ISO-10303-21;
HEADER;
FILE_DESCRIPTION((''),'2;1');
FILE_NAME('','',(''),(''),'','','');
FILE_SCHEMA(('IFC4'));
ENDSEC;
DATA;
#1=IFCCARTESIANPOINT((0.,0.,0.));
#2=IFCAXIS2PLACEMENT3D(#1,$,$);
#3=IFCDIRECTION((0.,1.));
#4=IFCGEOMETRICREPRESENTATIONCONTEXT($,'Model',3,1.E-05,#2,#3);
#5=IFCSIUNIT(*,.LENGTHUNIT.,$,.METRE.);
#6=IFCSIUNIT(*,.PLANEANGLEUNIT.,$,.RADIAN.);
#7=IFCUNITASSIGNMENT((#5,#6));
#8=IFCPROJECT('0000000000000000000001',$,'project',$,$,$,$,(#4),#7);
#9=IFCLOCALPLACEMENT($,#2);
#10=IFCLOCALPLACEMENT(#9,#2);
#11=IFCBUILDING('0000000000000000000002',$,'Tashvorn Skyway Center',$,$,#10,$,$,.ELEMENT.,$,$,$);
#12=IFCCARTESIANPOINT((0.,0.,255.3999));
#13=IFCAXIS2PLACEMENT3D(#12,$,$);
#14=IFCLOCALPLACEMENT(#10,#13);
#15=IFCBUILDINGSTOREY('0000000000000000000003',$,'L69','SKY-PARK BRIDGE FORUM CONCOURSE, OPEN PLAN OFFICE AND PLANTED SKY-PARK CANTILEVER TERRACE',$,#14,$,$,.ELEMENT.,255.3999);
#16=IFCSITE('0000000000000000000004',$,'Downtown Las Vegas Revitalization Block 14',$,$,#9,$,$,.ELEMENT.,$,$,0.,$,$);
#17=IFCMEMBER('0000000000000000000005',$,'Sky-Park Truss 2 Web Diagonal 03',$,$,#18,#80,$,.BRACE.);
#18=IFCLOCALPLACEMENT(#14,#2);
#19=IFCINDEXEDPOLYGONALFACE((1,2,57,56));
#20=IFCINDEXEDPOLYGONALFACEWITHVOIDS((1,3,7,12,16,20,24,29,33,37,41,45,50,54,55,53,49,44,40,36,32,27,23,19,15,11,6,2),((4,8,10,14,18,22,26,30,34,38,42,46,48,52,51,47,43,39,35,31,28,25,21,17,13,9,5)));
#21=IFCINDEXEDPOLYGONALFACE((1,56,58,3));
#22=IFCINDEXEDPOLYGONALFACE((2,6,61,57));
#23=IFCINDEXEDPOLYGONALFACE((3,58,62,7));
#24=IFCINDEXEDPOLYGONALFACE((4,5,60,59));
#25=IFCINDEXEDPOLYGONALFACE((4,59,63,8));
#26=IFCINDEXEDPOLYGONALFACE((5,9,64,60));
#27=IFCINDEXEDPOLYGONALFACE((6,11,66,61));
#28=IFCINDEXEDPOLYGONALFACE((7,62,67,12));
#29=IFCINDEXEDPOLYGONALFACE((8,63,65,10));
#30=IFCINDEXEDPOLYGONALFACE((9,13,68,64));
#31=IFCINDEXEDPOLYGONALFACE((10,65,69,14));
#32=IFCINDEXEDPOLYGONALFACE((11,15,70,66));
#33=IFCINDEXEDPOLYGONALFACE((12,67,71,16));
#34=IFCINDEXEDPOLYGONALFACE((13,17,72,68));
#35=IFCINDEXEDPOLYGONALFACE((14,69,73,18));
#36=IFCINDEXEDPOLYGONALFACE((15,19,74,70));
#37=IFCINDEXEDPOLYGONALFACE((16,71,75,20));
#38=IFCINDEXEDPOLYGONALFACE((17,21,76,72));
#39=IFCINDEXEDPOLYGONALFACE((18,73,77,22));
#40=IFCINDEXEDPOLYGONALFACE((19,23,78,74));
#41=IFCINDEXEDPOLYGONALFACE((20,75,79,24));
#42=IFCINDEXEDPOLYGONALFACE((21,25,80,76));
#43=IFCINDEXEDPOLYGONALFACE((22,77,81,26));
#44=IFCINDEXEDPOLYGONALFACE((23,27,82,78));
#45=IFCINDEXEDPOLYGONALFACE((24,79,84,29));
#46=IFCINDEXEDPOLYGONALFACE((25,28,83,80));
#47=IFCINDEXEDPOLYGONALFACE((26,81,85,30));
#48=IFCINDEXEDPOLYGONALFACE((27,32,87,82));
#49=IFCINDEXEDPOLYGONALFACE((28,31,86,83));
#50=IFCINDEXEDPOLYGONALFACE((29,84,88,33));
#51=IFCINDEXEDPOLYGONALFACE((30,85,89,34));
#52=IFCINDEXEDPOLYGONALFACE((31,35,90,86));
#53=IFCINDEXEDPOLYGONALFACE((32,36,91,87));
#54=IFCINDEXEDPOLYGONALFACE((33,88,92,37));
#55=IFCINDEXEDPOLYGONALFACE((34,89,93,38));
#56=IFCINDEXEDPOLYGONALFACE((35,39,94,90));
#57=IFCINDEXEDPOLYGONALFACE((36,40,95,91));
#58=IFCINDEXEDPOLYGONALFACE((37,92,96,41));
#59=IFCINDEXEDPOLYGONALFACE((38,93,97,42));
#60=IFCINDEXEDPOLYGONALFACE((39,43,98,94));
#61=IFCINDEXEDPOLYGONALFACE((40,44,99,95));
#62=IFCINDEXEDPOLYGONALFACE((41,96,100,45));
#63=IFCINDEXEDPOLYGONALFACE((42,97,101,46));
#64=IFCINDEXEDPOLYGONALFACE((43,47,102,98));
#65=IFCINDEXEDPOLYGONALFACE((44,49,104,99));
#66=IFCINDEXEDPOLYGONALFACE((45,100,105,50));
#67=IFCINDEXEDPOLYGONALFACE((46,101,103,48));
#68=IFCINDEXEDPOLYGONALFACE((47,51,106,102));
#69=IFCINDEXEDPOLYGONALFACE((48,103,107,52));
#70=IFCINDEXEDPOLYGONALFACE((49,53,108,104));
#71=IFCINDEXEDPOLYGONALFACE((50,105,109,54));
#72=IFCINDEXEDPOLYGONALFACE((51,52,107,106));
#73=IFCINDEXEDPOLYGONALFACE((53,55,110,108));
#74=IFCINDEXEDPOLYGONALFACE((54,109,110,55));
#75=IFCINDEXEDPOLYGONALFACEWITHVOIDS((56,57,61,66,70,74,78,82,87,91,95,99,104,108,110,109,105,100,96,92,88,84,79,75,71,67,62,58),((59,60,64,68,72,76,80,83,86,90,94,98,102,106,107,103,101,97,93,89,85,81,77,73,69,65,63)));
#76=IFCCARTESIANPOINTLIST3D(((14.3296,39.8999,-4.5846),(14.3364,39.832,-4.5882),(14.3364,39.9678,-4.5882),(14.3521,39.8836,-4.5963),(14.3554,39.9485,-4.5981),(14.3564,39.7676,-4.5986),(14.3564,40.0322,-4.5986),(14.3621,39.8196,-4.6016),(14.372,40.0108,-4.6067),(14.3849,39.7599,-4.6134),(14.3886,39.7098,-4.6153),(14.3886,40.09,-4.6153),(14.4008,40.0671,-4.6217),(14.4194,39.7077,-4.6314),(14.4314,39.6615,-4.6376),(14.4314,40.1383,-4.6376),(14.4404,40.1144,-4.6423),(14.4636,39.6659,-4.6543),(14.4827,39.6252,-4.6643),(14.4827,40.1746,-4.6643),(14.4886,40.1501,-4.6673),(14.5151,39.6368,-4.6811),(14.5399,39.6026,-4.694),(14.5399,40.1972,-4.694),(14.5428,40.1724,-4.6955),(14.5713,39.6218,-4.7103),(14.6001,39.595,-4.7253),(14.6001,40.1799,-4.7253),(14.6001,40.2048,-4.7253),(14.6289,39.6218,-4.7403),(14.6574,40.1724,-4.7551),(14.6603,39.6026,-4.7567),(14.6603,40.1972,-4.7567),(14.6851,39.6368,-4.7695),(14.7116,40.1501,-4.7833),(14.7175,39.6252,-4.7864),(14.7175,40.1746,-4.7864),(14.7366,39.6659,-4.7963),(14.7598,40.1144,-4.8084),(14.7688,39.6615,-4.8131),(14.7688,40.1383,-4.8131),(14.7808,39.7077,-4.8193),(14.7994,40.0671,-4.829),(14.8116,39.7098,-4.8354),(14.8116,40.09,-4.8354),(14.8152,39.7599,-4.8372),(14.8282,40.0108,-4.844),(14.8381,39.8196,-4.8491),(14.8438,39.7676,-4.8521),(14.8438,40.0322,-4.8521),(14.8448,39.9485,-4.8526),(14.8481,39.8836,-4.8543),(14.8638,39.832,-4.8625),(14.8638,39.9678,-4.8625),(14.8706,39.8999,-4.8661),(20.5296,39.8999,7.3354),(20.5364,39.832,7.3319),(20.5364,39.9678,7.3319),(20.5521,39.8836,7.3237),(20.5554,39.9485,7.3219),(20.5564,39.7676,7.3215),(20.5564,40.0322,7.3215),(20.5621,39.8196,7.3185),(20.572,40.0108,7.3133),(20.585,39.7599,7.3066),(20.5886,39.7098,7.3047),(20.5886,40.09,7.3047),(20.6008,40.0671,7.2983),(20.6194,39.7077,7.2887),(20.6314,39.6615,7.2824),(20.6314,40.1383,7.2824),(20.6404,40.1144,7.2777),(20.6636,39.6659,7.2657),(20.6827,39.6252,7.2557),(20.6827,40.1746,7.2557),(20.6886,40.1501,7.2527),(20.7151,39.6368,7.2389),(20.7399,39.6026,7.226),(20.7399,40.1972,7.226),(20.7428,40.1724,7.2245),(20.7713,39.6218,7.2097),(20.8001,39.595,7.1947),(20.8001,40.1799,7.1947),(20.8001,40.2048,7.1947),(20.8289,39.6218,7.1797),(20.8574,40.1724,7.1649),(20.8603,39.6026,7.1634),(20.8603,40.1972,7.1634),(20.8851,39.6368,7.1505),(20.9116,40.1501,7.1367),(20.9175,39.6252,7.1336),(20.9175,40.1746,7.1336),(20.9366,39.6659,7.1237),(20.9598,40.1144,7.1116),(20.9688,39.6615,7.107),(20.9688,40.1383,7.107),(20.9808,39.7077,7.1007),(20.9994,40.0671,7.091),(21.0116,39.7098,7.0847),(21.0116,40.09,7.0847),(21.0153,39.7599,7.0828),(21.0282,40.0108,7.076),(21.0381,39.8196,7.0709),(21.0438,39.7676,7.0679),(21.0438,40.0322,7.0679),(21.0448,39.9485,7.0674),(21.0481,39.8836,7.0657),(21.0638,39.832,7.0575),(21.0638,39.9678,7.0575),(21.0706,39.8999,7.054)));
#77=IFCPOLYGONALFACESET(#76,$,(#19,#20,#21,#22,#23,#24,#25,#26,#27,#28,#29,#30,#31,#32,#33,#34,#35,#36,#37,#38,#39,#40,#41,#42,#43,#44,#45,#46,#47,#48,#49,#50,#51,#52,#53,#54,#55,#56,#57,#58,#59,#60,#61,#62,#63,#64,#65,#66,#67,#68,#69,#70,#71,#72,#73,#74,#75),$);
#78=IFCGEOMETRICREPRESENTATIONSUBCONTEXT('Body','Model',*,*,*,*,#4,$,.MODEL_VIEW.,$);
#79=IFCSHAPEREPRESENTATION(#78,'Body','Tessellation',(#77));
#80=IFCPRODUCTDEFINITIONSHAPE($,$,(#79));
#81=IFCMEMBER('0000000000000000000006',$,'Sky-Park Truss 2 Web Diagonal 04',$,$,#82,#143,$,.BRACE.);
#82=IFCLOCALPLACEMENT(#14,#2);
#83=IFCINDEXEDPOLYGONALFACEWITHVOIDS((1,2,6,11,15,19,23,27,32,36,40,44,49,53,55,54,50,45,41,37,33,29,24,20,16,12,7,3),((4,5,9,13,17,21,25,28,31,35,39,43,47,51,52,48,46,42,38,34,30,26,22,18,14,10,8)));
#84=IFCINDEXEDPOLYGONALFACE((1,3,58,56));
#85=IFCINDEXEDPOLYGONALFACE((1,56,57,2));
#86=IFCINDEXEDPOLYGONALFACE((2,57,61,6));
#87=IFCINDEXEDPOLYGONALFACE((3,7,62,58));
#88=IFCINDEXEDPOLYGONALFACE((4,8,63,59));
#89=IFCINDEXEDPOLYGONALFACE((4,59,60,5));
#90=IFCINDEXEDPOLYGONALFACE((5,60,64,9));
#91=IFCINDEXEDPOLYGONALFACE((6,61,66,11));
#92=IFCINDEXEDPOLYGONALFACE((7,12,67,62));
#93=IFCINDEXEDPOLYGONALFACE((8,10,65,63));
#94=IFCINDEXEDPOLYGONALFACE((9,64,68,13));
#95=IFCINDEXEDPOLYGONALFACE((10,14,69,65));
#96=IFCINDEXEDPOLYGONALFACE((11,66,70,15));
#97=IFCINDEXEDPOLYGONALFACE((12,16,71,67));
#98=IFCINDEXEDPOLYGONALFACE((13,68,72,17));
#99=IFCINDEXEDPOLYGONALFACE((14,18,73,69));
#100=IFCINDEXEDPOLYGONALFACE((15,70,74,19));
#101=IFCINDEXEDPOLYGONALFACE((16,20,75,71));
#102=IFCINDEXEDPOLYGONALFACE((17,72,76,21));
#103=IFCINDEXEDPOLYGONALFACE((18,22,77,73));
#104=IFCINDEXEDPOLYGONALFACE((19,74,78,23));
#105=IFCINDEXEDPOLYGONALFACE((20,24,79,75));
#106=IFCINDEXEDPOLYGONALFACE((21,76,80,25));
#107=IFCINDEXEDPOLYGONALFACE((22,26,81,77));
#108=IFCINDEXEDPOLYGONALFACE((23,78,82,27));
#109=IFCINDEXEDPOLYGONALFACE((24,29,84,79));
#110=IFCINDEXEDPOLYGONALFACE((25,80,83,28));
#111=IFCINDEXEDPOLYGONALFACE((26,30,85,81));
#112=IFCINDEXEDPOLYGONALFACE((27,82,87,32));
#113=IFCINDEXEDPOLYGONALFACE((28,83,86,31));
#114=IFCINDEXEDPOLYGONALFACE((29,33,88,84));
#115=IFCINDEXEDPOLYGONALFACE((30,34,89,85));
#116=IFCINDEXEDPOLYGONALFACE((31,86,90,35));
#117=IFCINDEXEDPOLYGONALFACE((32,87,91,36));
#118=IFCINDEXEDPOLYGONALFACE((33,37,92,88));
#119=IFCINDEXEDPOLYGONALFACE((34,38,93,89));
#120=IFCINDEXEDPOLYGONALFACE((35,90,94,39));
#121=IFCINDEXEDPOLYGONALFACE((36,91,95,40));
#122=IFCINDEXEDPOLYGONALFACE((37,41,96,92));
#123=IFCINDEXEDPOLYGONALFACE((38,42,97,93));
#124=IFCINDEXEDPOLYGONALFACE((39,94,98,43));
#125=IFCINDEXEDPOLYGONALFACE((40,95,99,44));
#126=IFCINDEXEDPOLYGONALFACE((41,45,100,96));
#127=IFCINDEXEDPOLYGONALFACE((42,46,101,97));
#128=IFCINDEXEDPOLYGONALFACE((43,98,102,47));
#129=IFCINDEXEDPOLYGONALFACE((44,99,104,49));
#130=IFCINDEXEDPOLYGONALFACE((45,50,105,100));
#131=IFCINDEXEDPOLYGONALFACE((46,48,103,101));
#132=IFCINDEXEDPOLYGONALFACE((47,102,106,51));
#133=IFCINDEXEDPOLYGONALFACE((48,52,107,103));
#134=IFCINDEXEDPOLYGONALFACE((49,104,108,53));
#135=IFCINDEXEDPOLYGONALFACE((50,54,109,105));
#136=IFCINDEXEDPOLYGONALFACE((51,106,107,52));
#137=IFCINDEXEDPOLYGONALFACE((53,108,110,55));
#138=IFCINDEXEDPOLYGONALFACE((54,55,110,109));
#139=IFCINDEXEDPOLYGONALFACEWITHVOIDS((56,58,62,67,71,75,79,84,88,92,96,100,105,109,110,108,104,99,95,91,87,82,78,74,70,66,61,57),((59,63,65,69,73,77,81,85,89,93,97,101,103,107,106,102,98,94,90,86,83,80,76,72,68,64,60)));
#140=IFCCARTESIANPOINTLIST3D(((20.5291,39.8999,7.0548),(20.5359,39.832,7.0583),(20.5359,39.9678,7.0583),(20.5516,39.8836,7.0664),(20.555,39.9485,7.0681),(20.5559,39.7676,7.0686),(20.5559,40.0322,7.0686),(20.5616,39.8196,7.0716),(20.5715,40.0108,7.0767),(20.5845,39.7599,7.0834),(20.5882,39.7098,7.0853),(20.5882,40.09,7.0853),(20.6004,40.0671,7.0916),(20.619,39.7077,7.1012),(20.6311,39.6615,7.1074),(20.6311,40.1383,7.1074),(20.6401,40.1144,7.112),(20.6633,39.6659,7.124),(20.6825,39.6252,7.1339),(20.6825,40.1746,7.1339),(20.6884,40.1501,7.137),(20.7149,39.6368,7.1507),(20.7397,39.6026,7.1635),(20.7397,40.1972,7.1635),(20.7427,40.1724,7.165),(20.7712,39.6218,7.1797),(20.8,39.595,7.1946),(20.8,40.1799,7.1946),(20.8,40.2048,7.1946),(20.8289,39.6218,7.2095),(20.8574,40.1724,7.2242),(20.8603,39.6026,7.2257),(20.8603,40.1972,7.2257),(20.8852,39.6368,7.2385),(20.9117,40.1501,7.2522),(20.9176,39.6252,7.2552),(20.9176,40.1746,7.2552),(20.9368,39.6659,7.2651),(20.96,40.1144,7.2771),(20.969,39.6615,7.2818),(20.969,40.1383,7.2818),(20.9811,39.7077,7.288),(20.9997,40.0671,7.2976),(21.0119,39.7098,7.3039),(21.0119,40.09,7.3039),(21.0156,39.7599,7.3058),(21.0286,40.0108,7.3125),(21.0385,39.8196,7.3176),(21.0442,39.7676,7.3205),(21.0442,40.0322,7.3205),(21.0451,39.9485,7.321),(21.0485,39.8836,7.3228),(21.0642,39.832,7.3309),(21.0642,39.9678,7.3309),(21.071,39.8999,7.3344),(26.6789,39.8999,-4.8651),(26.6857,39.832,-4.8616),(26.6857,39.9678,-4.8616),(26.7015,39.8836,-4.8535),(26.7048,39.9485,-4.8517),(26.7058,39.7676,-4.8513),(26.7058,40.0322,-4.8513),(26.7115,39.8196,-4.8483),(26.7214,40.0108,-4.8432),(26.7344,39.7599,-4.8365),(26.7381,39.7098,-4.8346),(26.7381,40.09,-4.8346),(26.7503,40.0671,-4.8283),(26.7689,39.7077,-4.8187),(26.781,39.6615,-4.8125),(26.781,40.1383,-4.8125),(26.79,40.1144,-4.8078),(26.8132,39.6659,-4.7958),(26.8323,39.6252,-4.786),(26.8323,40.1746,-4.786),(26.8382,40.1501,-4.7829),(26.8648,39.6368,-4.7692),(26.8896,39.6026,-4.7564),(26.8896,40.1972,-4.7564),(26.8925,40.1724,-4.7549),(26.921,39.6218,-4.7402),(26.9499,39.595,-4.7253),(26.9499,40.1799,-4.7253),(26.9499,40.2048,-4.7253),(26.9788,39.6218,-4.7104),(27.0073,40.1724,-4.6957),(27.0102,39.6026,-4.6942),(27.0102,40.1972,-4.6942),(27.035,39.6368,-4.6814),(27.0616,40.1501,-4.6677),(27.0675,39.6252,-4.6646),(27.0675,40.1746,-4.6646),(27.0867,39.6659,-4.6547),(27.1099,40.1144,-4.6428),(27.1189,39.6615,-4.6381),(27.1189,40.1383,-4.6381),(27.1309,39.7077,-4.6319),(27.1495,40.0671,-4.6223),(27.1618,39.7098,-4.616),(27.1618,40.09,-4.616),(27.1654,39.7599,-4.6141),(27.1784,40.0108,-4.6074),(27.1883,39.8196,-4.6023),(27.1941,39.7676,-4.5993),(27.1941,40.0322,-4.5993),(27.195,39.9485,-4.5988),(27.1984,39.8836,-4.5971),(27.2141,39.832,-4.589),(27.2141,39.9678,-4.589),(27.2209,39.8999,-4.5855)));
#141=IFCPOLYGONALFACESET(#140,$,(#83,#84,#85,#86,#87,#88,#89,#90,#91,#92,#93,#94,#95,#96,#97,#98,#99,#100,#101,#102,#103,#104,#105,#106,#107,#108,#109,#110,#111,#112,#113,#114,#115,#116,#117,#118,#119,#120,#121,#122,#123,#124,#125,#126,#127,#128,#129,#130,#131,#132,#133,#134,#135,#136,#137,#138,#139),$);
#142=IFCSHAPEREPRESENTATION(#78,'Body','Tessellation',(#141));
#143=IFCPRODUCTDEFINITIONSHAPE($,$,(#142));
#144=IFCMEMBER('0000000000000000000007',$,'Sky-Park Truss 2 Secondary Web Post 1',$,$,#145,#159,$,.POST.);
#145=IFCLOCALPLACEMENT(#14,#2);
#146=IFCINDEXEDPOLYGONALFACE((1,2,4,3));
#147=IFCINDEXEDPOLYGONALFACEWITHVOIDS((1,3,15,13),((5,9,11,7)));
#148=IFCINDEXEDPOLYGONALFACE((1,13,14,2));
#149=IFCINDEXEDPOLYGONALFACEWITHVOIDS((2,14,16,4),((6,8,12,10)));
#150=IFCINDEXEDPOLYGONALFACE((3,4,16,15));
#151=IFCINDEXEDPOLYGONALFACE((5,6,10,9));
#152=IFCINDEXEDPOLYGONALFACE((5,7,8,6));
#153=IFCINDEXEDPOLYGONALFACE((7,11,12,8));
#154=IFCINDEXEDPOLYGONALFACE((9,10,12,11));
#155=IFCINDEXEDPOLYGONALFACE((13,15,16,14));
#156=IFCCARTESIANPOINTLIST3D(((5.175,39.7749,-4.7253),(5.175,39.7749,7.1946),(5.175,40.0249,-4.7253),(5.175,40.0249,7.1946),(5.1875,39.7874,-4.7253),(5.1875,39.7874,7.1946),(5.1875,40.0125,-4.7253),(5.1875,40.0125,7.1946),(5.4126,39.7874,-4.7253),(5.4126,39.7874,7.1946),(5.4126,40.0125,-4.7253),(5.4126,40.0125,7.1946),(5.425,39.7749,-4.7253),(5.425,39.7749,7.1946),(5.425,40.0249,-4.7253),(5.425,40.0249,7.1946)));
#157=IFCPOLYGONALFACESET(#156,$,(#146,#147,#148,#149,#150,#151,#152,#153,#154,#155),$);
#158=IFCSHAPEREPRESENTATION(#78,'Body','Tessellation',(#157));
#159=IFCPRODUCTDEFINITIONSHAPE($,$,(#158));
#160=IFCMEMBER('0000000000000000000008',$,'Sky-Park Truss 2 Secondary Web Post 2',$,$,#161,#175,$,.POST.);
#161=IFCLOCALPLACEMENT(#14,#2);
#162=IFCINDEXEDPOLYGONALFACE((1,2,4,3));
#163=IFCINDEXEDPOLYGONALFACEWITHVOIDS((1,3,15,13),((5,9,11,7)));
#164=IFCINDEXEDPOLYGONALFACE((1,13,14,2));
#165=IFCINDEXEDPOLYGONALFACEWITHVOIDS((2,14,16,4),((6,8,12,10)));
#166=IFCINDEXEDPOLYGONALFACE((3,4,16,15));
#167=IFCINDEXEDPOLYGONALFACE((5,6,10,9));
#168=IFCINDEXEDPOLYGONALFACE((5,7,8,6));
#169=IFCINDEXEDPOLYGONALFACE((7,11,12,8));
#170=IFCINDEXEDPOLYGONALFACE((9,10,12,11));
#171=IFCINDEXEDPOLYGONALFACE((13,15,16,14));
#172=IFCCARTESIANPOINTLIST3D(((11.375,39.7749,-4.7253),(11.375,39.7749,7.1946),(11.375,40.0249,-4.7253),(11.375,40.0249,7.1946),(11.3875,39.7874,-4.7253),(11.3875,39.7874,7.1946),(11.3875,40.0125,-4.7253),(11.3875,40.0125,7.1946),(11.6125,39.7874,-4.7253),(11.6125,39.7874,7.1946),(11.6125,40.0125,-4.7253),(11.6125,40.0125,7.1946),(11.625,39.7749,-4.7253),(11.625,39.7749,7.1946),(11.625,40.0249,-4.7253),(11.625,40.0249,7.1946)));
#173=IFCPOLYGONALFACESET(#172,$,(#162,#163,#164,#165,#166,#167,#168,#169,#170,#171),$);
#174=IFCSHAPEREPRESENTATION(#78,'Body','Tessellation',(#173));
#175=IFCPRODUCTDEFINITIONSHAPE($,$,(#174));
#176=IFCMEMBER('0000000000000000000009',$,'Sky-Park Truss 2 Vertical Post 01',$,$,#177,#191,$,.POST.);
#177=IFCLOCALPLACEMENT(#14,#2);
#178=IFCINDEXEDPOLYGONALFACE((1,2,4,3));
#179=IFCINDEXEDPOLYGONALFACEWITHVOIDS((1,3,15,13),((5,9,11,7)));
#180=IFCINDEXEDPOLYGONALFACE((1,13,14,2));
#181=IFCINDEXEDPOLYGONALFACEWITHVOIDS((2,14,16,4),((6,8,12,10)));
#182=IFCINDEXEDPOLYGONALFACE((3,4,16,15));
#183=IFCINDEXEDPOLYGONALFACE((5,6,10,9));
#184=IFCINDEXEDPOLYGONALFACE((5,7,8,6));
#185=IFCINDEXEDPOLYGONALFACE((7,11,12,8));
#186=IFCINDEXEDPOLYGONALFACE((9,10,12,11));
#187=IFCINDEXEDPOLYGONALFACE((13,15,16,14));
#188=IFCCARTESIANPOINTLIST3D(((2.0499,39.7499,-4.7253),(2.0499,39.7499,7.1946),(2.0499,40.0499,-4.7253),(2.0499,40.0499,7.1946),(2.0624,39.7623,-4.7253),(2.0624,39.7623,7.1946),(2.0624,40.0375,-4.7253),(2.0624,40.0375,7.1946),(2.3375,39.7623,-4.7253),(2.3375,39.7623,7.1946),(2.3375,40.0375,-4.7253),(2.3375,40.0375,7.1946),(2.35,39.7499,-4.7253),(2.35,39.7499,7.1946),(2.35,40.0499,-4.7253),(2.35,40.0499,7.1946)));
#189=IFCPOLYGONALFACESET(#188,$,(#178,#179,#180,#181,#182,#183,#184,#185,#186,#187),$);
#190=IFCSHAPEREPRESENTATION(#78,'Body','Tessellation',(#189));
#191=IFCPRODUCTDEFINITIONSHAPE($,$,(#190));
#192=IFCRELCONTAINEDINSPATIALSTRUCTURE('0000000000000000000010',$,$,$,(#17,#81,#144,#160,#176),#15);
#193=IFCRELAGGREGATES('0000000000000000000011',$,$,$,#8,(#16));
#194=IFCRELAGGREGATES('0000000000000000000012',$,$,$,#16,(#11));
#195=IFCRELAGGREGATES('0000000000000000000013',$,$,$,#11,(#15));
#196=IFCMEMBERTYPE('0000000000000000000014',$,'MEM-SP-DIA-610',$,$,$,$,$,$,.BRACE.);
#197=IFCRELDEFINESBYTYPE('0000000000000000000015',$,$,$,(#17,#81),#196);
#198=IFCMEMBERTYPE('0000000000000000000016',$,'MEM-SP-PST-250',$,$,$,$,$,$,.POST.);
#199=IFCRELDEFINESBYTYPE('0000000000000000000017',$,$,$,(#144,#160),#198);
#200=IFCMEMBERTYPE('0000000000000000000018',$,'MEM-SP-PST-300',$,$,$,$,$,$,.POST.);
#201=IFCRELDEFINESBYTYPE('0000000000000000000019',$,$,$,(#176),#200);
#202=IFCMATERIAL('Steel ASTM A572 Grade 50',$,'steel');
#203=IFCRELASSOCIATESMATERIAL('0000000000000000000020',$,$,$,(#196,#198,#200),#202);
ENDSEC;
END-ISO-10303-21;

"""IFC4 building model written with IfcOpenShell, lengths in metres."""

from ifc_helpers import new_model, si_unit, direction, frame, origin, origin_2d, place, context, subcontext, project, spatial, hollow_rectangle, hollow_circle, extrude, material, material_profile, profile_set, type_object, element, save


model = new_model("IFC4")

# Units and contexts
model_context = context("Model", 3, precision=1e-05, world=origin(), true_north=direction((0.0, 1.0)))
body_context = subcontext(model_context, "Body", "Model", "MODEL_VIEW")
ifc_project = project(units=[si_unit("LENGTHUNIT", "METRE"), si_unit("PLANEANGLEUNIT", "RADIAN")], contexts=[model_context])

# Site, building, storey
site_placement = place(None, origin())
site = spatial("IfcSite", under=ifc_project, at=site_placement, Name="Downtown Las Vegas Revitalization Block 14", CompositionType="ELEMENT", RefElevation=0.0)
building_placement = place(site_placement, origin())
building = spatial("IfcBuilding", under=site, at=building_placement, Name="Tashvorn Skyway Center", CompositionType="ELEMENT")
storey_placement = place(building_placement, frame((0.0, 0.0, 255.3999)))
storey = spatial("IfcBuildingStorey", under=building, at=storey_placement, Name="L69", Description="SKY-PARK BRIDGE FORUM CONCOURSE, OPEN PLAN OFFICE AND PLANTED SKY-PARK CANTILEVER TERRACE", CompositionType="ELEMENT", Elevation=255.3999)

# Members
ifc_material_1 = material(Name="Steel ASTM A572 Grade 50", Category="steel")
ifc_material_profile_1 = material_profile(ifc_material_1, hollow_circle(Radius=0.3049, WallThickness=0.0249, at=origin_2d()), Name="CHS610x25")
ifc_profile_set_1 = profile_set([ifc_material_profile_1], Name="Steel ASTM A572 Grade 50")
member_type_1 = type_object("IfcMemberType", Name="MEM-SP-DIA-610", PredefinedType="BRACE", material=ifc_profile_set_1)
for number, where, z_axis, x_axis, name in (
    (1, (14.6001, 39.8999, -4.7253), (0.461446, 0.0, 0.887168), (0.0, 1.0, 0.0), "Sky-Park Truss 2 Web Diagonal 03"),
):
    element("IfcMember", number, at=place(storey_placement, frame(where, z_axis=z_axis, x_axis=x_axis)), inside=storey, type_object=member_type_1, Name=name, PredefinedType="BRACE", context=body_context, shape_type="SweptSolid", body=[
        extrude(hollow_circle(Radius=0.3049, WallThickness=0.0249, at=origin_2d()), origin(), (0.0, 0.0, 1.0), 13.436),
    ])
member_1_placement = place(storey_placement, frame((20.8, 39.8999, 7.1946), z_axis=(0.458507, 0.0, -0.888691), x_axis=(0.0, 1.0, 0.0)))
element("IfcMember", 2, at=member_1_placement, inside=storey, type_object=member_type_1, Name="Sky-Park Truss 2 Web Diagonal 04", PredefinedType="BRACE", context=body_context, shape_type="SweptSolid", body=[
    extrude(hollow_circle(Radius=0.3049, WallThickness=0.0249, at=origin_2d()), origin(), (0.0, 0.0, 1.0), 13.4128),
])
ifc_material_profile_2 = material_profile(ifc_material_1, hollow_rectangle(XDim=0.25, YDim=0.25, WallThickness=0.0125, at=origin_2d()), Name="HSS250x250x12.5")
ifc_profile_set_2 = profile_set([ifc_material_profile_2], Name="Steel ASTM A572 Grade 50")
member_type_2 = type_object("IfcMemberType", Name="MEM-SP-PST-250", PredefinedType="POST", material=ifc_profile_set_2)
for number, where, z_axis, x_axis, name in (
    (3, (5.3, 39.8999, -4.7253), (0.0, 0.0, 1.0), (1.0, 0.0, 0.0), "Sky-Park Truss 2 Secondary Web Post 1"),
    (4, (11.5, 39.8999, -4.7253), (0.0, 0.0, 1.0), (1.0, 0.0, 0.0), "Sky-Park Truss 2 Secondary Web Post 2"),
):
    element("IfcMember", number, at=place(storey_placement, frame(where, z_axis=z_axis, x_axis=x_axis)), inside=storey, type_object=member_type_2, Name=name, PredefinedType="POST", context=body_context, shape_type="SweptSolid", body=[
        extrude(hollow_rectangle(XDim=0.25, YDim=0.25, WallThickness=0.0125, at=origin_2d()), origin(), (0.0, 0.0, 1.0), 11.9199),
    ])
ifc_material_profile_3 = material_profile(ifc_material_1, hollow_rectangle(XDim=0.3, YDim=0.3, WallThickness=0.0125, at=origin_2d()), Name="HSS300x300x12.5")
ifc_profile_set_3 = profile_set([ifc_material_profile_3], Name="Steel ASTM A572 Grade 50")
member_type_3 = type_object("IfcMemberType", Name="MEM-SP-PST-300", PredefinedType="POST", material=ifc_profile_set_3)
for number, where, z_axis, x_axis, name in (
    (5, (2.2, 39.8999, -4.7253), (0.0, 0.0, 1.0), (1.0, 0.0, 0.0), "Sky-Park Truss 2 Vertical Post 01"),
):
    element("IfcMember", number, at=place(storey_placement, frame(where, z_axis=z_axis, x_axis=x_axis)), inside=storey, type_object=member_type_3, Name=name, PredefinedType="POST", context=body_context, shape_type="SweptSolid", body=[
        extrude(hollow_rectangle(XDim=0.3, YDim=0.3, WallThickness=0.0125, at=origin_2d()), origin(), (0.0, 0.0, 1.0), 11.9199),
    ])

save(model, "model.ifc")
